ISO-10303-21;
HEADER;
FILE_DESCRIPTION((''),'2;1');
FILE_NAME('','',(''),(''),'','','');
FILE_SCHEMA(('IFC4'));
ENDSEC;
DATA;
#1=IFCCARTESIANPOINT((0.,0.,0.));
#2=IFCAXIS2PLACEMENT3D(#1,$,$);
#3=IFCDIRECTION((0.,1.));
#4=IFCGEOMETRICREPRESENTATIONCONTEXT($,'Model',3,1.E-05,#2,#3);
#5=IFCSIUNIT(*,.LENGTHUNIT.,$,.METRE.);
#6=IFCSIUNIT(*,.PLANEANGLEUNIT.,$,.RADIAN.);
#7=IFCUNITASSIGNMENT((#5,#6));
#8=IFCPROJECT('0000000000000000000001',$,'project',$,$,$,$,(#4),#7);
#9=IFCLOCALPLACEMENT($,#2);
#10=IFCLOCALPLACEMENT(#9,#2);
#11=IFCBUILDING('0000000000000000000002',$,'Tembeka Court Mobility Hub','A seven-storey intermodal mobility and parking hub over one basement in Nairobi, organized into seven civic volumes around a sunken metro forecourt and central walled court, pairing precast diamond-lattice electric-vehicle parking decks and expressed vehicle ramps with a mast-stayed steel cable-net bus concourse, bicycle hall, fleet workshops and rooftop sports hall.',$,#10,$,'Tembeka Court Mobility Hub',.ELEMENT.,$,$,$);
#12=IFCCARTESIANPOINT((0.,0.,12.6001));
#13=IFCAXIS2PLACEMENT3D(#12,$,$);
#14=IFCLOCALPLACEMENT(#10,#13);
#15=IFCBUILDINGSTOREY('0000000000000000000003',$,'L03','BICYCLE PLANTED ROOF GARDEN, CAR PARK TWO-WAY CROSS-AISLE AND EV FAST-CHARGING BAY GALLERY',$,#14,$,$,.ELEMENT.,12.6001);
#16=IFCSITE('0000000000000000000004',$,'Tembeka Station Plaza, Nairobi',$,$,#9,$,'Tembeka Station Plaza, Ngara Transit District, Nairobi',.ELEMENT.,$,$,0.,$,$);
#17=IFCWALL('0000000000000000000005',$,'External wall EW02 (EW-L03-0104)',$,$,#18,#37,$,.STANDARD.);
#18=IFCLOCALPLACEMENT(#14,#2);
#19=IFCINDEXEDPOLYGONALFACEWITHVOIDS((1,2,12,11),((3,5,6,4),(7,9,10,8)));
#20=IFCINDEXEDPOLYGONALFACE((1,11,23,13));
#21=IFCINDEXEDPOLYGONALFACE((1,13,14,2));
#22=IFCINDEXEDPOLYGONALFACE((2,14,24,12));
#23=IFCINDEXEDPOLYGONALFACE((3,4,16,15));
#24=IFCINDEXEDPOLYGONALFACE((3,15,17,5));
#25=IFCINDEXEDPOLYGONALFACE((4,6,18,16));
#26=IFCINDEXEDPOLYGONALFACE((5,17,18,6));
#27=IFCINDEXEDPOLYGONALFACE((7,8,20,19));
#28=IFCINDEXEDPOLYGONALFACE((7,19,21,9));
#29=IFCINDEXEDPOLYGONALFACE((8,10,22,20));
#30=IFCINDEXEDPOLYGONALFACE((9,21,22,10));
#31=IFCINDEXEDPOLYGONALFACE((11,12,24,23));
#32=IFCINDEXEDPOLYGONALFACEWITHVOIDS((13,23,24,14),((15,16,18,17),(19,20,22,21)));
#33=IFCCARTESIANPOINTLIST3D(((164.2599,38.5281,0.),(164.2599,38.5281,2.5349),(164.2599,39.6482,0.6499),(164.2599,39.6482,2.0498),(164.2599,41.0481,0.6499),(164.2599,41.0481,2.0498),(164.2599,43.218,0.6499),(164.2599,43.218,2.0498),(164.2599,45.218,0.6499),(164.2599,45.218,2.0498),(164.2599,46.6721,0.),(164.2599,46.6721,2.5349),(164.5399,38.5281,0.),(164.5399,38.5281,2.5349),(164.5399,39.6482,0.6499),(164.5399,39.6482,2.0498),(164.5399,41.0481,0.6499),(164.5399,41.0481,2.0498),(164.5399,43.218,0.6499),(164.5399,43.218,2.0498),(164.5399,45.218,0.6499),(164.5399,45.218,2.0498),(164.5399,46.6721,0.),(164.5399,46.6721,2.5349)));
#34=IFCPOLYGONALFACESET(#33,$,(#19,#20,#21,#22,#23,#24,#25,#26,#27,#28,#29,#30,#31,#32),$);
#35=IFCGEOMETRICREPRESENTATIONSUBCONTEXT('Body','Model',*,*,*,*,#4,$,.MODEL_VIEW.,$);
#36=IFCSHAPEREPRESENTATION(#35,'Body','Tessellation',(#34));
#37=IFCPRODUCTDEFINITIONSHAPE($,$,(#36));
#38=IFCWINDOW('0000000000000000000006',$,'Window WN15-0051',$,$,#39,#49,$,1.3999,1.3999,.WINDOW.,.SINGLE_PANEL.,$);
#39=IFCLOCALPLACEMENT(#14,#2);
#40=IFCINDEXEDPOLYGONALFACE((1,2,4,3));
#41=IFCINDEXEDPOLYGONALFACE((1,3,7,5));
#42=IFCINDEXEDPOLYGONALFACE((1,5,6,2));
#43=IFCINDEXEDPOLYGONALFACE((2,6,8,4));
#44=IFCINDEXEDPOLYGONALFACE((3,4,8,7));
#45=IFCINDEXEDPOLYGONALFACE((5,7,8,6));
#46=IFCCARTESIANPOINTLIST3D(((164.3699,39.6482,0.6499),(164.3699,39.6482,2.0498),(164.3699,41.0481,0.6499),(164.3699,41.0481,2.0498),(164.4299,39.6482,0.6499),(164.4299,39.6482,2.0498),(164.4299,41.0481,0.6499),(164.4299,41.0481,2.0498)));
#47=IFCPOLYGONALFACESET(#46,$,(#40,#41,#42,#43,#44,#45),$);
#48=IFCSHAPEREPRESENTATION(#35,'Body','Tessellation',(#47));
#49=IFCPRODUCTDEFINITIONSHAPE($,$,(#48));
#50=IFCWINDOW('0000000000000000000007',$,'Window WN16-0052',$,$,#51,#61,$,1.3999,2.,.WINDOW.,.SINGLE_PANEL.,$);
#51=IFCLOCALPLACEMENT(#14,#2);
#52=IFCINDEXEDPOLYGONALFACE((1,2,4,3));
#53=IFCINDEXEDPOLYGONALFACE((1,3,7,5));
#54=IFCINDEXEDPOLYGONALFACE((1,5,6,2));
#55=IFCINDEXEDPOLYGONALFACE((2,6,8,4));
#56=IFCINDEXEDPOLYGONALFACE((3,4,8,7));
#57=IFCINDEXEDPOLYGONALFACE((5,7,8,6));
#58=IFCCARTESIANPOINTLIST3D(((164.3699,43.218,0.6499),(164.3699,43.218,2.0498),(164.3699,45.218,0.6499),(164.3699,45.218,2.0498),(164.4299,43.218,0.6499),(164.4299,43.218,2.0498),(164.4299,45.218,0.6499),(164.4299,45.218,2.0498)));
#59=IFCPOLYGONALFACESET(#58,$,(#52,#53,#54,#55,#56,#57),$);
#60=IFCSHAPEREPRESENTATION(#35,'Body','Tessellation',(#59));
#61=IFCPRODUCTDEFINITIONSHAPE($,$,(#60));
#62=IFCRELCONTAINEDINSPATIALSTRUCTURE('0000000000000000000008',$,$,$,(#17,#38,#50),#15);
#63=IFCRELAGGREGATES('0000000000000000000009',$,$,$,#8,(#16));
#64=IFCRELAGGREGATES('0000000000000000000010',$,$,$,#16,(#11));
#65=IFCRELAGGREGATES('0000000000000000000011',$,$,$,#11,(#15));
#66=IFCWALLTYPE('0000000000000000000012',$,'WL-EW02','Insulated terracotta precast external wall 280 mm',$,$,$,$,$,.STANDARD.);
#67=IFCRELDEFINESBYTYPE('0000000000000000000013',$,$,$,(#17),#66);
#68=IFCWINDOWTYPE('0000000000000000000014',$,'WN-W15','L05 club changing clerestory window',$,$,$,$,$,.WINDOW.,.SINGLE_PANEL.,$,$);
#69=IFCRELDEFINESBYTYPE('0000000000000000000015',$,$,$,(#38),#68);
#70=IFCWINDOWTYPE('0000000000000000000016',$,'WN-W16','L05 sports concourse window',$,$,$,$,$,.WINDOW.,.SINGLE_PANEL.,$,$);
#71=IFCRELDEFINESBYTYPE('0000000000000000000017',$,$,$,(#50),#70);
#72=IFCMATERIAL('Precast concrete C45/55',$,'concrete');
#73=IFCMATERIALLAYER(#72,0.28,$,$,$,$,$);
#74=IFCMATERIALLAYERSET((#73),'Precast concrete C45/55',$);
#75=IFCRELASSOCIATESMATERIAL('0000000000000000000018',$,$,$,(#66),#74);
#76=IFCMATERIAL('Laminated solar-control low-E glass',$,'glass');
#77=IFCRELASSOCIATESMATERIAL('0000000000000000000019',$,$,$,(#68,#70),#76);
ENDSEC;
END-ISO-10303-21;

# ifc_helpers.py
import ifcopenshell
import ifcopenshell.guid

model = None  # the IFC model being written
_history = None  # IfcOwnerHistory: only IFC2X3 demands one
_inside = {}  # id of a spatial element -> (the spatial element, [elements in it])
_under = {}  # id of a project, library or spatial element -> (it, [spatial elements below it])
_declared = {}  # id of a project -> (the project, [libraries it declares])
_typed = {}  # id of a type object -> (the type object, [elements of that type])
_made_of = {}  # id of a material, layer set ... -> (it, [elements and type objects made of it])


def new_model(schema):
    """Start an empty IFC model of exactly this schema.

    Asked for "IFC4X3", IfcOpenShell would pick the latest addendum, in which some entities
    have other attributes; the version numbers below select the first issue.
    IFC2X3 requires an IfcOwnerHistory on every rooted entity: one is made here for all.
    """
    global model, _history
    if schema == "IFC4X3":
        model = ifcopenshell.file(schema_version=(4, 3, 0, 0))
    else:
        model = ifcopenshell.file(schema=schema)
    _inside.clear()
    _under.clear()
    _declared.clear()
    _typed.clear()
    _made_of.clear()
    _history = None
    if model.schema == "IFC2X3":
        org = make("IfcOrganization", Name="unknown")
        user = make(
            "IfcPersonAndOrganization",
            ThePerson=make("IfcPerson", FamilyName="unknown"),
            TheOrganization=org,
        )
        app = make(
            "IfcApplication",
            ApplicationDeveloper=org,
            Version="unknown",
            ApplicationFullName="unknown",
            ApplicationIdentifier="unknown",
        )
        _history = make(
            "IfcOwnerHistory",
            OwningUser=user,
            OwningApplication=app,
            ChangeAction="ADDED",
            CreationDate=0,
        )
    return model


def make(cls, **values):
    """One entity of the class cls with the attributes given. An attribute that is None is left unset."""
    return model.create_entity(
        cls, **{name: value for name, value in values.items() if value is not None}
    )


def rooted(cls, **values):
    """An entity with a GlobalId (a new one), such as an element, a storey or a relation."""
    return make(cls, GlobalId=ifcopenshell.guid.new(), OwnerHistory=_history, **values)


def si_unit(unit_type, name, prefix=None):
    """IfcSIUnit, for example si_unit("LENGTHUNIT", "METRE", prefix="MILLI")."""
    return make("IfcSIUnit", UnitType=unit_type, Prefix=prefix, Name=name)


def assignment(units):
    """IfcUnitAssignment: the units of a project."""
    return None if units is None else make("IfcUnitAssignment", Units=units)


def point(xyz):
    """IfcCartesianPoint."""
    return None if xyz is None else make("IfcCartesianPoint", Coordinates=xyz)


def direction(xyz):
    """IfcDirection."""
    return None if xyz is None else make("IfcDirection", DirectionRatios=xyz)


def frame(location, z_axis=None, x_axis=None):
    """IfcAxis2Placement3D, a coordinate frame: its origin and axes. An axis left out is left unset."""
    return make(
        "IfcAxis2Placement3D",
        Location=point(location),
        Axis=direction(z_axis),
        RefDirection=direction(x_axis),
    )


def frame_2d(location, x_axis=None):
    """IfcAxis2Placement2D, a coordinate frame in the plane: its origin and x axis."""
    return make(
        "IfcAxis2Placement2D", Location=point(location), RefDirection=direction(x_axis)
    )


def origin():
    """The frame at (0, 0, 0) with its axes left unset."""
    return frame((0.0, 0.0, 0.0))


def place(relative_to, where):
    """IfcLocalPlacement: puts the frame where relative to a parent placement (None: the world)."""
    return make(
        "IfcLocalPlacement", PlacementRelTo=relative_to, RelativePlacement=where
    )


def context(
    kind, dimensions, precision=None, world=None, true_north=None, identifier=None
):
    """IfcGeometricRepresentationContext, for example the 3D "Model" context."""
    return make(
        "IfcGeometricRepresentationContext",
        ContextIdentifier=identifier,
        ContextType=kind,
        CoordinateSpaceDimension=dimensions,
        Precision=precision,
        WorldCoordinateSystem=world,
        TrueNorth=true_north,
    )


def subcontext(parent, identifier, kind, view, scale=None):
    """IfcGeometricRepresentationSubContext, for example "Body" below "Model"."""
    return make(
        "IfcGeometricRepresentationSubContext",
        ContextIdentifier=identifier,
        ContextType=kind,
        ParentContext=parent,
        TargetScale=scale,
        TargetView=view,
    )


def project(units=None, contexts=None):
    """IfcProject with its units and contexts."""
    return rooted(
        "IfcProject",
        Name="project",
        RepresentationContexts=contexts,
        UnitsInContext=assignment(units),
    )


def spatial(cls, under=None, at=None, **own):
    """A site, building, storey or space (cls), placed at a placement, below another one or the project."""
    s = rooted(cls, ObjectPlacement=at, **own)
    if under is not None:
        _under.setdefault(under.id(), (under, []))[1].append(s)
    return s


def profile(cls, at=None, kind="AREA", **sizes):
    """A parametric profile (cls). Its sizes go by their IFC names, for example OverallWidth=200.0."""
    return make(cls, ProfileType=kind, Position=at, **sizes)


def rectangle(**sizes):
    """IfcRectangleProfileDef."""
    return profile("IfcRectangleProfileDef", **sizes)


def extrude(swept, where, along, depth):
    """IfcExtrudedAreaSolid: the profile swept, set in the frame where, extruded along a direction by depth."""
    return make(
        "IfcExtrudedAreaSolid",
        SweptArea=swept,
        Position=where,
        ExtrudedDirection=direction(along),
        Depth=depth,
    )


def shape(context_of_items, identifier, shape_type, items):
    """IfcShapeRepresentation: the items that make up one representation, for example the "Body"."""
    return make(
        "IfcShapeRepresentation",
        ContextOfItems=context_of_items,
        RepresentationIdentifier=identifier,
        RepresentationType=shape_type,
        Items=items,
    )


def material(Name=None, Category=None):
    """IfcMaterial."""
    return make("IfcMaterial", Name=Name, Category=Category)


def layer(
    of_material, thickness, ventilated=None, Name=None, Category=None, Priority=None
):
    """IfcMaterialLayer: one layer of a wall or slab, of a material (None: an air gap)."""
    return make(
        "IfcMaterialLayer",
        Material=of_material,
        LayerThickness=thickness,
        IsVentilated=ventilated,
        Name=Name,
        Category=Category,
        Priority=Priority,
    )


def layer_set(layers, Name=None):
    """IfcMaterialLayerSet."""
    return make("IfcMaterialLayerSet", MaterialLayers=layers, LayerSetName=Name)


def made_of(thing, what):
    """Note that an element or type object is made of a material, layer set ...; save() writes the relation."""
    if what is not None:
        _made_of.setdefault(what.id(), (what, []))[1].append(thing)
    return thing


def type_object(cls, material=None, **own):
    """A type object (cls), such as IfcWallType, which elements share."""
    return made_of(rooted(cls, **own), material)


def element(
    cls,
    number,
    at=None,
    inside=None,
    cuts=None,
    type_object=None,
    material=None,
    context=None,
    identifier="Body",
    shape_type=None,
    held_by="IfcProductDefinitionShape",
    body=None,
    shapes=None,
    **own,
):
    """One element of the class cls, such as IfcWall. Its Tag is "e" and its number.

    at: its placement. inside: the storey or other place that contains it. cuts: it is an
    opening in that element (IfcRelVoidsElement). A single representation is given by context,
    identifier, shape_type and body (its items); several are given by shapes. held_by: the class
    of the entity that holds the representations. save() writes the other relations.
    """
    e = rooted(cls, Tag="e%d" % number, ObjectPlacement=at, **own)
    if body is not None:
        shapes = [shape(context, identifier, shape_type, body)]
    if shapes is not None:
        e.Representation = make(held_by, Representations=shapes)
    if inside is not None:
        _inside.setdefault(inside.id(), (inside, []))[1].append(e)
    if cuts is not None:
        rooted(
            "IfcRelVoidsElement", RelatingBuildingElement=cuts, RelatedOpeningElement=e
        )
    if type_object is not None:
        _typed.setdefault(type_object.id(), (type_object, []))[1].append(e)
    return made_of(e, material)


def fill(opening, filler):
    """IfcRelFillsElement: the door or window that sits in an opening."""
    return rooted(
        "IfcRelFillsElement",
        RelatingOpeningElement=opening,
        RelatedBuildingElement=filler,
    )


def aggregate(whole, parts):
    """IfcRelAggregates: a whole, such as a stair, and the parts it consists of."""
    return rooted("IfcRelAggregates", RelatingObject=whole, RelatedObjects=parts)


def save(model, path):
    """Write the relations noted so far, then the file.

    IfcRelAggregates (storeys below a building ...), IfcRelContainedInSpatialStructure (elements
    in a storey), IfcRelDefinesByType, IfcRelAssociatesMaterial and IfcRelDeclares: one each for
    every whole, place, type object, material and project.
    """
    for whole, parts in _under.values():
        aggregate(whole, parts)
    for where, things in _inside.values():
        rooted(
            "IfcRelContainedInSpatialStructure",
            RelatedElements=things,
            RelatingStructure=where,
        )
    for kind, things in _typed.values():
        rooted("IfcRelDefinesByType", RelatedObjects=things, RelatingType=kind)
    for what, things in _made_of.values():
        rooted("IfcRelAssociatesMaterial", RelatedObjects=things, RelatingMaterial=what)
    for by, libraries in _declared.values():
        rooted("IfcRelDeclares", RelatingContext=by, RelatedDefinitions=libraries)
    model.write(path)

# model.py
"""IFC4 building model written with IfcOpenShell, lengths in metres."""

from ifc_helpers import new_model, si_unit, direction, frame, frame_2d, origin, place, context, subcontext, project, spatial, rectangle, extrude, material, layer, layer_set, type_object, element, fill, save


model = new_model("IFC4")

# Units and contexts
model_context = context("Model", 3, precision=1e-05, world=origin(), true_north=direction((0.0, 1.0)))
body_context = subcontext(model_context, "Body", "Model", "MODEL_VIEW")
ifc_project = project(units=[si_unit("LENGTHUNIT", "METRE"), si_unit("PLANEANGLEUNIT", "RADIAN")], contexts=[model_context])

# Site, building, storey
site_placement = place(None, origin())
site = spatial("IfcSite", under=ifc_project, at=site_placement, Name="Tembeka Station Plaza, Nairobi", LongName="Tembeka Station Plaza, Ngara Transit District, Nairobi", CompositionType="ELEMENT", RefElevation=0.0)
building_placement = place(site_placement, origin())
building = spatial("IfcBuilding", under=site, at=building_placement, Name="Tembeka Court Mobility Hub", Description="A seven-storey intermodal mobility and parking hub over one basement in Nairobi, organized into seven civic volumes around a sunken metro forecourt and central walled court, pairing precast diamond-lattice electric-vehicle parking decks and expressed vehicle ramps with a mast-stayed steel cable-net bus concourse, bicycle hall, fleet workshops and rooftop sports hall.", LongName="Tembeka Court Mobility Hub", CompositionType="ELEMENT")
storey_placement = place(building_placement, frame((0.0, 0.0, 12.6001)))
storey = spatial("IfcBuildingStorey", under=building, at=storey_placement, Name="L03", Description="BICYCLE PLANTED ROOF GARDEN, CAR PARK TWO-WAY CROSS-AISLE AND EV FAST-CHARGING BAY GALLERY", CompositionType="ELEMENT", Elevation=12.6001)

# Shared definitions
ifc_material_1 = material(Name="Laminated solar-control low-E glass", Category="glass")

# Wall, openings, windows
ifc_material_2 = material(Name="Precast concrete C45/55", Category="concrete")
ifc_layer_1 = layer(ifc_material_2, 0.28)
ifc_layer_set_1 = layer_set([ifc_layer_1], Name="Precast concrete C45/55")
wall_type = type_object("IfcWallType", Name="WL-EW02", Description="Insulated terracotta precast external wall 280 mm", PredefinedType="STANDARD", material=ifc_layer_set_1)
wall_placement = place(storey_placement, frame((164.3999, 38.5281, 0.0), z_axis=(0.0, 0.0, 1.0), x_axis=(0.0, 1.0, 0.0)))
wall = element("IfcWall", 1, at=wall_placement, inside=storey, type_object=wall_type, Name="External wall EW02 (EW-L03-0104)", PredefinedType="STANDARD", context=body_context, shape_type="SweptSolid", body=[
    extrude(rectangle(XDim=8.144, YDim=0.28, at=frame_2d((4.072, 0.0))), origin(), (0.0, 0.0, 1.0), 2.5349),
])
opening_1_placement = place(wall_placement, frame((1.1201, 0.0, 0.6499)))
opening_1 = element("IfcOpeningElement", 2, at=opening_1_placement, cuts=wall, PredefinedType="OPENING", context=body_context, shape_type="SweptSolid", body=[
    extrude(rectangle(XDim=1.3999, YDim=1.3999, at=frame_2d((0.7, 0.7))), frame((0.0, 0.1499, 0.0), z_axis=(0.0, -1.0, 0.0), x_axis=(1.0, 0.0, 0.0)), (0.0, 0.0, 1.0), 0.3),
])
opening_2_placement = place(wall_placement, frame((4.6899, 0.0, 0.6499)))
opening_2 = element("IfcOpeningElement", 3, at=opening_2_placement, cuts=wall, PredefinedType="OPENING", context=body_context, shape_type="SweptSolid", body=[
    extrude(rectangle(XDim=2.0, YDim=1.3999, at=frame_2d((1.0, 0.7))), frame((0.0, 0.1499, 0.0), z_axis=(0.0, -1.0, 0.0), x_axis=(1.0, 0.0, 0.0)), (0.0, 0.0, 1.0), 0.3),
])
window_type_1 = type_object("IfcWindowType", Name="WN-W15", Description="L05 club changing clerestory window", PartitioningType="SINGLE_PANEL", PredefinedType="WINDOW", material=ifc_material_1)
window_1_placement = place(opening_1_placement, origin())
window_1 = element("IfcWindow", 4, at=window_1_placement, inside=storey, type_object=window_type_1, Name="Window WN15-0051", OverallHeight=1.3999, OverallWidth=1.3999, PartitioningType="SINGLE_PANEL", PredefinedType="WINDOW", context=body_context, shape_type="SweptSolid", body=[
    extrude(rectangle(XDim=1.3999, YDim=1.3999, at=frame_2d((0.7, 0.7))), frame((0.0, 0.03, 0.0), z_axis=(0.0, -1.0, 0.0), x_axis=(1.0, 0.0, 0.0)), (0.0, 0.0, 1.0), 0.0601),
])
fill(opening_1, window_1)
window_type_2 = type_object("IfcWindowType", Name="WN-W16", Description="L05 sports concourse window", PartitioningType="SINGLE_PANEL", PredefinedType="WINDOW", material=ifc_material_1)
window_2_placement = place(opening_2_placement, origin())
window_2 = element("IfcWindow", 5, at=window_2_placement, inside=storey, type_object=window_type_2, Name="Window WN16-0052", OverallHeight=1.3999, OverallWidth=2.0, PartitioningType="SINGLE_PANEL", PredefinedType="WINDOW", context=body_context, shape_type="SweptSolid", body=[
    extrude(rectangle(XDim=2.0, YDim=1.3999, at=frame_2d((1.0, 0.7))), frame((0.0, 0.03, 0.0), z_axis=(0.0, -1.0, 0.0), x_axis=(1.0, 0.0, 0.0)), (0.0, 0.0, 1.0), 0.0601),
])
fill(opening_2, window_2)

save(model, "model.ifc")
